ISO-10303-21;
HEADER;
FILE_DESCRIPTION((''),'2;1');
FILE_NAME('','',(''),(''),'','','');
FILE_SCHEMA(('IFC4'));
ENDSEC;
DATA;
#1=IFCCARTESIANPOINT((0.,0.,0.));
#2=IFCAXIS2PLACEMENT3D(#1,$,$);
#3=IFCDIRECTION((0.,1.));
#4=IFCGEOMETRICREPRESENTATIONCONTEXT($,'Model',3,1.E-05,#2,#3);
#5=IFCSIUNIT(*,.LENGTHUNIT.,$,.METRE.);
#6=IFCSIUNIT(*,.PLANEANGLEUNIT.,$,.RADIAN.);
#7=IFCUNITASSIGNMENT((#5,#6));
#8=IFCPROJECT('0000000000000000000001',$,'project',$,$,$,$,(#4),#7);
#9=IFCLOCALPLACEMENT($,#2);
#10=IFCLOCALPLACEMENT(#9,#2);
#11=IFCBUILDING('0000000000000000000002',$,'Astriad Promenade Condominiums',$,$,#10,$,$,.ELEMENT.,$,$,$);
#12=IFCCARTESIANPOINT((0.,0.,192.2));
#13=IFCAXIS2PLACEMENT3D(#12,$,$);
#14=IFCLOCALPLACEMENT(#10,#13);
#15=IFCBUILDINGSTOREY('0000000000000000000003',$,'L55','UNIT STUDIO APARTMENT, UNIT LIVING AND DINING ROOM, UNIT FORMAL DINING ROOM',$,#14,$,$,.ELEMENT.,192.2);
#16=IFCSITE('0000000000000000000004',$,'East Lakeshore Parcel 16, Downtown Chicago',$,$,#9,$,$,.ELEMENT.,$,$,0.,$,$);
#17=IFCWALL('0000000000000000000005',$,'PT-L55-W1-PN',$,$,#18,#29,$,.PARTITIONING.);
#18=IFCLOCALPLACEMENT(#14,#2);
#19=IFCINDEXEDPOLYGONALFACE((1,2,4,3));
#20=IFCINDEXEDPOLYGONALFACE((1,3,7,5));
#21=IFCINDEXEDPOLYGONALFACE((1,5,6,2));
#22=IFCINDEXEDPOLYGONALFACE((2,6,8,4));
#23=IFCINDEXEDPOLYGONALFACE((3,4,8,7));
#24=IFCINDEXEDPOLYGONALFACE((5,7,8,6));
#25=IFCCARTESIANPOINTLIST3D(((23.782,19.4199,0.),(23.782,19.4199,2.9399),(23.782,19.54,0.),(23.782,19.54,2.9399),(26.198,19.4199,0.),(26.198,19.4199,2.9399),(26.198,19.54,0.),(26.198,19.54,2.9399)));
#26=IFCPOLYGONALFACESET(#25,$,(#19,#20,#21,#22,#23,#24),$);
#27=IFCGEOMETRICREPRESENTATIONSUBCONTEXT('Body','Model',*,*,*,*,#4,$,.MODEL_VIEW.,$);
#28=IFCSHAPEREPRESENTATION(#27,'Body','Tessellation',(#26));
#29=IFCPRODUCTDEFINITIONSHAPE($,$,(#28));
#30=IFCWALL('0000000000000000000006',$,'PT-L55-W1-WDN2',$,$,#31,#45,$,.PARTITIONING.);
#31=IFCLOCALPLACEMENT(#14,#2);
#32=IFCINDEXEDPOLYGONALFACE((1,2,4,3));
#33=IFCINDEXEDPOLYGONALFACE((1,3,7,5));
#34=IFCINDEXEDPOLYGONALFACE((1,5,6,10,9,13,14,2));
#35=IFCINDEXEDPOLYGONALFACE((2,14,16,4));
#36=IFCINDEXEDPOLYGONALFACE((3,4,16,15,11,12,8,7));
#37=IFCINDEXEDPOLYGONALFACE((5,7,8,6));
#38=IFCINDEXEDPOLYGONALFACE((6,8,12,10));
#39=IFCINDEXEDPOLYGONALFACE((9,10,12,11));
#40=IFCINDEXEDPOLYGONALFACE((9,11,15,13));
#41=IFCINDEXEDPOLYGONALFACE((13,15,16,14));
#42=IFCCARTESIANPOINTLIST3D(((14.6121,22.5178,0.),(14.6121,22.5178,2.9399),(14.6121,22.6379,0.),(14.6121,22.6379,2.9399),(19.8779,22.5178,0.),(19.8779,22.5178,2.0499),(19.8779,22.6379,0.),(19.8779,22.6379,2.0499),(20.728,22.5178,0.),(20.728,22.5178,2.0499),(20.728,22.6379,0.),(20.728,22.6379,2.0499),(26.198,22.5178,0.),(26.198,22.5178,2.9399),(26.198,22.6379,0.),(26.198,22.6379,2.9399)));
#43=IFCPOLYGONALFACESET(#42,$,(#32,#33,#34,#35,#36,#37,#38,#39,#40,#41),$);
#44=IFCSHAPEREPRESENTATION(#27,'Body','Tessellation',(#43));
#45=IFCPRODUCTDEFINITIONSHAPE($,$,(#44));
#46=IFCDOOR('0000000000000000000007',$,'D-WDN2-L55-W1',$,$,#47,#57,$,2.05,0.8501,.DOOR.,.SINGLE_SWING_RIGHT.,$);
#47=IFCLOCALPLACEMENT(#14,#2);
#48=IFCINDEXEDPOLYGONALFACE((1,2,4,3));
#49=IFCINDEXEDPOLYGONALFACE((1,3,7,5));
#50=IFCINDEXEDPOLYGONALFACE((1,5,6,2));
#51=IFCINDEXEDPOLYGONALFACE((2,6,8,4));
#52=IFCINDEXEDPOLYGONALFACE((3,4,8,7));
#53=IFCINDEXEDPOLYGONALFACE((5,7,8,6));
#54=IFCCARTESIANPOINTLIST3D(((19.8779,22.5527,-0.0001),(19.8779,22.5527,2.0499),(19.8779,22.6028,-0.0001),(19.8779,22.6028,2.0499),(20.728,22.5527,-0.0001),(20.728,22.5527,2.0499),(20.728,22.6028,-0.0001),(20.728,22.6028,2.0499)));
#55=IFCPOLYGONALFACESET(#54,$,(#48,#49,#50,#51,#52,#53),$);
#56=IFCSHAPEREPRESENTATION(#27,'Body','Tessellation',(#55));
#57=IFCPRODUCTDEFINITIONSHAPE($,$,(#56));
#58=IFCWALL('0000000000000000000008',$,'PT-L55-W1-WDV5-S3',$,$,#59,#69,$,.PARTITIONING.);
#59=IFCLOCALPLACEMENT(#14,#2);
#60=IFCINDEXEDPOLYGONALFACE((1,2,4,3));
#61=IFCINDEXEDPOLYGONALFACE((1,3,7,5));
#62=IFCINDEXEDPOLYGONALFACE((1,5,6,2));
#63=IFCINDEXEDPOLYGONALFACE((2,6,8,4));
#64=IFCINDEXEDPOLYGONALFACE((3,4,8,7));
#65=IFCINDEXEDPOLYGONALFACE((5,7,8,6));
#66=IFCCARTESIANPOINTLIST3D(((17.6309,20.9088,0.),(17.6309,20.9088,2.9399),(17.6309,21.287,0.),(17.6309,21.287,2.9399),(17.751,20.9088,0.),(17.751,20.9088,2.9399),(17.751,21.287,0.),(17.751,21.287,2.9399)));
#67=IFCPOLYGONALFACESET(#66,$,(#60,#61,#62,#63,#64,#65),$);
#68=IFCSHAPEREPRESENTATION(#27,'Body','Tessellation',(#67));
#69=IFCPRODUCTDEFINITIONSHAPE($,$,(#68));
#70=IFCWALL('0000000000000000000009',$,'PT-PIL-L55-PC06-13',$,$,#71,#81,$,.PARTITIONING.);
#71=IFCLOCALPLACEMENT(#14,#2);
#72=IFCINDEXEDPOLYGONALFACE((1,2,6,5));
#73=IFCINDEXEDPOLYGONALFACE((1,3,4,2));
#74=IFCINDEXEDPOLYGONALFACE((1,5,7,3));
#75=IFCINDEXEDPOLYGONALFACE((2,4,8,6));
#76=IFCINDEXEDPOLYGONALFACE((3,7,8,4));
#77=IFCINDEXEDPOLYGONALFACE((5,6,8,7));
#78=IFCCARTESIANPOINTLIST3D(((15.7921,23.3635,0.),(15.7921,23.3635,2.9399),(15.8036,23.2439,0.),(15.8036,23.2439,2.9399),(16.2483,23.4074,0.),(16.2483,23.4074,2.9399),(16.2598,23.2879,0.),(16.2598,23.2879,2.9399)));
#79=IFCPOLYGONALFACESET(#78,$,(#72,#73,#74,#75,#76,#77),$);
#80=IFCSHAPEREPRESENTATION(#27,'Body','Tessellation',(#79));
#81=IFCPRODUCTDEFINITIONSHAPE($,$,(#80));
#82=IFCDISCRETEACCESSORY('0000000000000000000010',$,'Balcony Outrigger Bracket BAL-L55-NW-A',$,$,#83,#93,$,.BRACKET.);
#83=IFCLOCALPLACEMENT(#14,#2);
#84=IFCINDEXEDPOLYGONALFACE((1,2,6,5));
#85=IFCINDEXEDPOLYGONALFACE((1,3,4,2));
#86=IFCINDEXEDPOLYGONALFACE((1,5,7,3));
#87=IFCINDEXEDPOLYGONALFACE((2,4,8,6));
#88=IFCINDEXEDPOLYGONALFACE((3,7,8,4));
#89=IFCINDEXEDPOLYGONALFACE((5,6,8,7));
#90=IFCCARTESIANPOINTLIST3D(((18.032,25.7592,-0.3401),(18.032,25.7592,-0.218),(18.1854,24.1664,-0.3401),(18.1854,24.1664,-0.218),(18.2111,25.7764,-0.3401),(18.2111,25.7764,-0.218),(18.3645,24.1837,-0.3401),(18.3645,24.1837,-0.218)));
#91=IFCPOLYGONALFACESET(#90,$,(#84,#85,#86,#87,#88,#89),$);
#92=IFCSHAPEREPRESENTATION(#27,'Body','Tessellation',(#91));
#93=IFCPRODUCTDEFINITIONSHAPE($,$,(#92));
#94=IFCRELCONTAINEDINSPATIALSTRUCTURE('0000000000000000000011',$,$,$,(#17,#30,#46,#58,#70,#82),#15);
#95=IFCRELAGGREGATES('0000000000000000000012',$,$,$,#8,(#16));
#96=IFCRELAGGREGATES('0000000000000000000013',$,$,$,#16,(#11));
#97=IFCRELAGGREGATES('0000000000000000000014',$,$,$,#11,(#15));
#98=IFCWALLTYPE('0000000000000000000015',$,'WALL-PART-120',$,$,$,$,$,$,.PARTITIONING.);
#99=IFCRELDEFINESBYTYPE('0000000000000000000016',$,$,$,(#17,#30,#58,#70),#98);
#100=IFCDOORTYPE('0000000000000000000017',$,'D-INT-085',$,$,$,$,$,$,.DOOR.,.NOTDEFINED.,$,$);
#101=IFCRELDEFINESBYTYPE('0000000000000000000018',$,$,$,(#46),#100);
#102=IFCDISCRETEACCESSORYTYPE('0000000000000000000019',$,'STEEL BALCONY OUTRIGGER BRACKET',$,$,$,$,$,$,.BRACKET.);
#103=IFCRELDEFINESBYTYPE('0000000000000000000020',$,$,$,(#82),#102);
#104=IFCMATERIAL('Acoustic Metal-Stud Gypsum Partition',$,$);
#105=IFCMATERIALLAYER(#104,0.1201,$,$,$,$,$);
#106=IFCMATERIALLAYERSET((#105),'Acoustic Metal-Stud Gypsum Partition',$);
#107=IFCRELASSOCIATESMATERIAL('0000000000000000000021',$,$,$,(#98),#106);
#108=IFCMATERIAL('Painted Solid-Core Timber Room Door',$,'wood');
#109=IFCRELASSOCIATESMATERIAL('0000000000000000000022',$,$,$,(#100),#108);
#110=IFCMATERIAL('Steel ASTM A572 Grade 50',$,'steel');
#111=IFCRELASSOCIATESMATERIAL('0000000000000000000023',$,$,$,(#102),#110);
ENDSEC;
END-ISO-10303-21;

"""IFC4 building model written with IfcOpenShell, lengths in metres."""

from ifc_helpers import new_model, si_unit, direction, frame, frame_2d, origin, origin_2d, place, context, subcontext, project, spatial, rectangle, extrude, source, transform, mapped, material, layer, layer_set, type_object, type_shapes, element, fill, save


model = new_model("IFC4")

# Units and contexts
model_context = context("Model", 3, precision=1e-05, world=origin(), true_north=direction((0.0, 1.0)))
body_context = subcontext(model_context, "Body", "Model", "MODEL_VIEW")
ifc_project = project(units=[si_unit("LENGTHUNIT", "METRE"), si_unit("PLANEANGLEUNIT", "RADIAN")], contexts=[model_context])

# Site, building, storey
site_placement = place(None, origin())
site = spatial("IfcSite", under=ifc_project, at=site_placement, Name="East Lakeshore Parcel 16, Downtown Chicago", CompositionType="ELEMENT", RefElevation=0.0)
building_placement = place(site_placement, origin())
building = spatial("IfcBuilding", under=site, at=building_placement, Name="Astriad Promenade Condominiums", CompositionType="ELEMENT")
storey_placement = place(building_placement, frame((0.0, 0.0, 192.2)))
storey = spatial("IfcBuildingStorey", under=building, at=storey_placement, Name="L55", Description="UNIT STUDIO APARTMENT, UNIT LIVING AND DINING ROOM, UNIT FORMAL DINING ROOM", CompositionType="ELEMENT", Elevation=192.2)

# Wall
ifc_material_1 = material(Name="Acoustic Metal-Stud Gypsum Partition")
ifc_layer_1 = layer(ifc_material_1, 0.1201)
ifc_layer_set_1 = layer_set([ifc_layer_1], Name="Acoustic Metal-Stud Gypsum Partition")
wall_type_1 = type_object("IfcWallType", Name="WALL-PART-120", PredefinedType="PARTITIONING", material=ifc_layer_set_1)
wall_1_placement = place(storey_placement, frame((23.782, 19.48, 0.0), z_axis=(0.0, 0.0, 1.0), x_axis=(1.0, 0.0, 0.0)))
element("IfcWall", 1, at=wall_1_placement, inside=storey, type_object=wall_type_1, Name="PT-L55-W1-PN", PredefinedType="PARTITIONING", context=body_context, shape_type="SweptSolid", body=[
    extrude(rectangle(XDim=2.416, YDim=0.1201, at=frame_2d((1.208, 0.0))), origin(), (0.0, 0.0, 1.0), 2.9399),
])

# Wall, opening, door
wall_2_placement = place(storey_placement, frame((14.6121, 22.5779, 0.0), z_axis=(0.0, 0.0, 1.0), x_axis=(1.0, 0.0, 0.0)))
wall_2 = element("IfcWall", 2, at=wall_2_placement, inside=storey, type_object=wall_type_1, Name="PT-L55-W1-WDN2", PredefinedType="PARTITIONING", context=body_context, shape_type="SweptSolid", body=[
    extrude(rectangle(XDim=11.5859, YDim=0.1201, at=frame_2d((5.793, 0.0))), origin(), (0.0, 0.0, 1.0), 2.9399),
])
opening_1_placement = place(wall_2_placement, frame((5.2659, 0.0, 0.0)))
opening_1 = element("IfcOpeningElement", 3, at=opening_1_placement, cuts=wall_2, PredefinedType="OPENING", context=body_context, shape_type="SweptSolid", body=[
    extrude(rectangle(XDim=0.8501, YDim=2.05, at=frame_2d((0.425, 1.0249))), frame((0.0, 0.0701, 0.0), z_axis=(0.0, -1.0, 0.0), x_axis=(1.0, 0.0, 0.0)), (0.0, 0.0, 1.0), 0.1401),
])
ifc_material_2 = material(Name="Painted Solid-Core Timber Room Door", Category="wood")
door_type_1 = type_object("IfcDoorType", Name="D-INT-085", OperationType="NOTDEFINED", PredefinedType="DOOR", material=ifc_material_2)
shared_shape_1 = source(origin(), body_context, "Body", "SweptSolid", [
    extrude(rectangle(XDim=0.8501, YDim=2.05, at=frame_2d((0.425, 1.0249))), frame((0.0, 0.0249, 0.0), z_axis=(0.0, -1.0, 0.0), x_axis=(1.0, 0.0, 0.0)), (0.0, 0.0, 1.0), 0.05),
])
type_shapes(door_type_1, [shared_shape_1])
door_1_placement = place(opening_1_placement, origin())
door_1 = element("IfcDoor", 4, at=door_1_placement, inside=storey, type_object=door_type_1, Name="D-WDN2-L55-W1", OperationType="SINGLE_SWING_RIGHT", OverallHeight=2.05, OverallWidth=0.8501, PredefinedType="DOOR", context=body_context, shape_type="MappedRepresentation", body=[
    mapped(shared_shape_1, transform((0.0, 0.0, 0.0), scale=1.0)),
])
fill(opening_1, door_1)

# Walls
wall_3_placement = place(storey_placement, frame((17.6909, 20.9089, 0.0), z_axis=(0.0, 0.0, 1.0), x_axis=(0.0, 1.0, 0.0)))
element("IfcWall", 5, at=wall_3_placement, inside=storey, type_object=wall_type_1, Name="PT-L55-W1-WDV5-S3", PredefinedType="PARTITIONING", context=body_context, shape_type="SweptSolid", body=[
    extrude(rectangle(XDim=0.3782, YDim=0.1201, at=frame_2d((0.189, 0.0))), origin(), (0.0, 0.0, 1.0), 2.9399),
])
wall_4_placement = place(storey_placement, frame((16.2539, 23.3477, 0.0), z_axis=(0.0, 0.0, 1.0), x_axis=(-0.995389, -0.095915, 0.0)))
element("IfcWall", 6, at=wall_4_placement, inside=storey, type_object=wall_type_1, Name="PT-PIL-L55-PC06-13", PredefinedType="PARTITIONING", context=body_context, shape_type="SweptSolid", body=[
    extrude(rectangle(XDim=0.4583, YDim=0.1201, at=frame_2d((0.229, 0.0))), origin(), (0.0, 0.0, 1.0), 2.9399),
])

# Discrete accessory
ifc_material_3 = material(Name="Steel ASTM A572 Grade 50", Category="steel")
discrete_accessory_type = type_object("IfcDiscreteAccessoryType", Name="STEEL BALCONY OUTRIGGER BRACKET", PredefinedType="BRACKET", material=ifc_material_3)
shared_shape_2 = source(origin(), body_context, "Body", "SweptSolid", [
    extrude(rectangle(XDim=1.6001, YDim=0.1799, at=origin_2d()), origin(), (0.0, 0.0, 1.0), 0.1221),
])
type_shapes(discrete_accessory_type, [shared_shape_2])
discrete_accessory_placement = place(storey_placement, frame((18.1982, 24.9714, -0.3401), z_axis=(0.0, 0.0, 1.0), x_axis=(-0.095846, 0.995396, 0.0)))
element("IfcDiscreteAccessory", 7, at=discrete_accessory_placement, inside=storey, type_object=discrete_accessory_type, Name="Balcony Outrigger Bracket BAL-L55-NW-A", PredefinedType="BRACKET", context=body_context, shape_type="MappedRepresentation", body=[
    mapped(shared_shape_2, transform((0.0, 0.0, 0.0), scale=1.0)),
])

save(model, "model.ifc")
